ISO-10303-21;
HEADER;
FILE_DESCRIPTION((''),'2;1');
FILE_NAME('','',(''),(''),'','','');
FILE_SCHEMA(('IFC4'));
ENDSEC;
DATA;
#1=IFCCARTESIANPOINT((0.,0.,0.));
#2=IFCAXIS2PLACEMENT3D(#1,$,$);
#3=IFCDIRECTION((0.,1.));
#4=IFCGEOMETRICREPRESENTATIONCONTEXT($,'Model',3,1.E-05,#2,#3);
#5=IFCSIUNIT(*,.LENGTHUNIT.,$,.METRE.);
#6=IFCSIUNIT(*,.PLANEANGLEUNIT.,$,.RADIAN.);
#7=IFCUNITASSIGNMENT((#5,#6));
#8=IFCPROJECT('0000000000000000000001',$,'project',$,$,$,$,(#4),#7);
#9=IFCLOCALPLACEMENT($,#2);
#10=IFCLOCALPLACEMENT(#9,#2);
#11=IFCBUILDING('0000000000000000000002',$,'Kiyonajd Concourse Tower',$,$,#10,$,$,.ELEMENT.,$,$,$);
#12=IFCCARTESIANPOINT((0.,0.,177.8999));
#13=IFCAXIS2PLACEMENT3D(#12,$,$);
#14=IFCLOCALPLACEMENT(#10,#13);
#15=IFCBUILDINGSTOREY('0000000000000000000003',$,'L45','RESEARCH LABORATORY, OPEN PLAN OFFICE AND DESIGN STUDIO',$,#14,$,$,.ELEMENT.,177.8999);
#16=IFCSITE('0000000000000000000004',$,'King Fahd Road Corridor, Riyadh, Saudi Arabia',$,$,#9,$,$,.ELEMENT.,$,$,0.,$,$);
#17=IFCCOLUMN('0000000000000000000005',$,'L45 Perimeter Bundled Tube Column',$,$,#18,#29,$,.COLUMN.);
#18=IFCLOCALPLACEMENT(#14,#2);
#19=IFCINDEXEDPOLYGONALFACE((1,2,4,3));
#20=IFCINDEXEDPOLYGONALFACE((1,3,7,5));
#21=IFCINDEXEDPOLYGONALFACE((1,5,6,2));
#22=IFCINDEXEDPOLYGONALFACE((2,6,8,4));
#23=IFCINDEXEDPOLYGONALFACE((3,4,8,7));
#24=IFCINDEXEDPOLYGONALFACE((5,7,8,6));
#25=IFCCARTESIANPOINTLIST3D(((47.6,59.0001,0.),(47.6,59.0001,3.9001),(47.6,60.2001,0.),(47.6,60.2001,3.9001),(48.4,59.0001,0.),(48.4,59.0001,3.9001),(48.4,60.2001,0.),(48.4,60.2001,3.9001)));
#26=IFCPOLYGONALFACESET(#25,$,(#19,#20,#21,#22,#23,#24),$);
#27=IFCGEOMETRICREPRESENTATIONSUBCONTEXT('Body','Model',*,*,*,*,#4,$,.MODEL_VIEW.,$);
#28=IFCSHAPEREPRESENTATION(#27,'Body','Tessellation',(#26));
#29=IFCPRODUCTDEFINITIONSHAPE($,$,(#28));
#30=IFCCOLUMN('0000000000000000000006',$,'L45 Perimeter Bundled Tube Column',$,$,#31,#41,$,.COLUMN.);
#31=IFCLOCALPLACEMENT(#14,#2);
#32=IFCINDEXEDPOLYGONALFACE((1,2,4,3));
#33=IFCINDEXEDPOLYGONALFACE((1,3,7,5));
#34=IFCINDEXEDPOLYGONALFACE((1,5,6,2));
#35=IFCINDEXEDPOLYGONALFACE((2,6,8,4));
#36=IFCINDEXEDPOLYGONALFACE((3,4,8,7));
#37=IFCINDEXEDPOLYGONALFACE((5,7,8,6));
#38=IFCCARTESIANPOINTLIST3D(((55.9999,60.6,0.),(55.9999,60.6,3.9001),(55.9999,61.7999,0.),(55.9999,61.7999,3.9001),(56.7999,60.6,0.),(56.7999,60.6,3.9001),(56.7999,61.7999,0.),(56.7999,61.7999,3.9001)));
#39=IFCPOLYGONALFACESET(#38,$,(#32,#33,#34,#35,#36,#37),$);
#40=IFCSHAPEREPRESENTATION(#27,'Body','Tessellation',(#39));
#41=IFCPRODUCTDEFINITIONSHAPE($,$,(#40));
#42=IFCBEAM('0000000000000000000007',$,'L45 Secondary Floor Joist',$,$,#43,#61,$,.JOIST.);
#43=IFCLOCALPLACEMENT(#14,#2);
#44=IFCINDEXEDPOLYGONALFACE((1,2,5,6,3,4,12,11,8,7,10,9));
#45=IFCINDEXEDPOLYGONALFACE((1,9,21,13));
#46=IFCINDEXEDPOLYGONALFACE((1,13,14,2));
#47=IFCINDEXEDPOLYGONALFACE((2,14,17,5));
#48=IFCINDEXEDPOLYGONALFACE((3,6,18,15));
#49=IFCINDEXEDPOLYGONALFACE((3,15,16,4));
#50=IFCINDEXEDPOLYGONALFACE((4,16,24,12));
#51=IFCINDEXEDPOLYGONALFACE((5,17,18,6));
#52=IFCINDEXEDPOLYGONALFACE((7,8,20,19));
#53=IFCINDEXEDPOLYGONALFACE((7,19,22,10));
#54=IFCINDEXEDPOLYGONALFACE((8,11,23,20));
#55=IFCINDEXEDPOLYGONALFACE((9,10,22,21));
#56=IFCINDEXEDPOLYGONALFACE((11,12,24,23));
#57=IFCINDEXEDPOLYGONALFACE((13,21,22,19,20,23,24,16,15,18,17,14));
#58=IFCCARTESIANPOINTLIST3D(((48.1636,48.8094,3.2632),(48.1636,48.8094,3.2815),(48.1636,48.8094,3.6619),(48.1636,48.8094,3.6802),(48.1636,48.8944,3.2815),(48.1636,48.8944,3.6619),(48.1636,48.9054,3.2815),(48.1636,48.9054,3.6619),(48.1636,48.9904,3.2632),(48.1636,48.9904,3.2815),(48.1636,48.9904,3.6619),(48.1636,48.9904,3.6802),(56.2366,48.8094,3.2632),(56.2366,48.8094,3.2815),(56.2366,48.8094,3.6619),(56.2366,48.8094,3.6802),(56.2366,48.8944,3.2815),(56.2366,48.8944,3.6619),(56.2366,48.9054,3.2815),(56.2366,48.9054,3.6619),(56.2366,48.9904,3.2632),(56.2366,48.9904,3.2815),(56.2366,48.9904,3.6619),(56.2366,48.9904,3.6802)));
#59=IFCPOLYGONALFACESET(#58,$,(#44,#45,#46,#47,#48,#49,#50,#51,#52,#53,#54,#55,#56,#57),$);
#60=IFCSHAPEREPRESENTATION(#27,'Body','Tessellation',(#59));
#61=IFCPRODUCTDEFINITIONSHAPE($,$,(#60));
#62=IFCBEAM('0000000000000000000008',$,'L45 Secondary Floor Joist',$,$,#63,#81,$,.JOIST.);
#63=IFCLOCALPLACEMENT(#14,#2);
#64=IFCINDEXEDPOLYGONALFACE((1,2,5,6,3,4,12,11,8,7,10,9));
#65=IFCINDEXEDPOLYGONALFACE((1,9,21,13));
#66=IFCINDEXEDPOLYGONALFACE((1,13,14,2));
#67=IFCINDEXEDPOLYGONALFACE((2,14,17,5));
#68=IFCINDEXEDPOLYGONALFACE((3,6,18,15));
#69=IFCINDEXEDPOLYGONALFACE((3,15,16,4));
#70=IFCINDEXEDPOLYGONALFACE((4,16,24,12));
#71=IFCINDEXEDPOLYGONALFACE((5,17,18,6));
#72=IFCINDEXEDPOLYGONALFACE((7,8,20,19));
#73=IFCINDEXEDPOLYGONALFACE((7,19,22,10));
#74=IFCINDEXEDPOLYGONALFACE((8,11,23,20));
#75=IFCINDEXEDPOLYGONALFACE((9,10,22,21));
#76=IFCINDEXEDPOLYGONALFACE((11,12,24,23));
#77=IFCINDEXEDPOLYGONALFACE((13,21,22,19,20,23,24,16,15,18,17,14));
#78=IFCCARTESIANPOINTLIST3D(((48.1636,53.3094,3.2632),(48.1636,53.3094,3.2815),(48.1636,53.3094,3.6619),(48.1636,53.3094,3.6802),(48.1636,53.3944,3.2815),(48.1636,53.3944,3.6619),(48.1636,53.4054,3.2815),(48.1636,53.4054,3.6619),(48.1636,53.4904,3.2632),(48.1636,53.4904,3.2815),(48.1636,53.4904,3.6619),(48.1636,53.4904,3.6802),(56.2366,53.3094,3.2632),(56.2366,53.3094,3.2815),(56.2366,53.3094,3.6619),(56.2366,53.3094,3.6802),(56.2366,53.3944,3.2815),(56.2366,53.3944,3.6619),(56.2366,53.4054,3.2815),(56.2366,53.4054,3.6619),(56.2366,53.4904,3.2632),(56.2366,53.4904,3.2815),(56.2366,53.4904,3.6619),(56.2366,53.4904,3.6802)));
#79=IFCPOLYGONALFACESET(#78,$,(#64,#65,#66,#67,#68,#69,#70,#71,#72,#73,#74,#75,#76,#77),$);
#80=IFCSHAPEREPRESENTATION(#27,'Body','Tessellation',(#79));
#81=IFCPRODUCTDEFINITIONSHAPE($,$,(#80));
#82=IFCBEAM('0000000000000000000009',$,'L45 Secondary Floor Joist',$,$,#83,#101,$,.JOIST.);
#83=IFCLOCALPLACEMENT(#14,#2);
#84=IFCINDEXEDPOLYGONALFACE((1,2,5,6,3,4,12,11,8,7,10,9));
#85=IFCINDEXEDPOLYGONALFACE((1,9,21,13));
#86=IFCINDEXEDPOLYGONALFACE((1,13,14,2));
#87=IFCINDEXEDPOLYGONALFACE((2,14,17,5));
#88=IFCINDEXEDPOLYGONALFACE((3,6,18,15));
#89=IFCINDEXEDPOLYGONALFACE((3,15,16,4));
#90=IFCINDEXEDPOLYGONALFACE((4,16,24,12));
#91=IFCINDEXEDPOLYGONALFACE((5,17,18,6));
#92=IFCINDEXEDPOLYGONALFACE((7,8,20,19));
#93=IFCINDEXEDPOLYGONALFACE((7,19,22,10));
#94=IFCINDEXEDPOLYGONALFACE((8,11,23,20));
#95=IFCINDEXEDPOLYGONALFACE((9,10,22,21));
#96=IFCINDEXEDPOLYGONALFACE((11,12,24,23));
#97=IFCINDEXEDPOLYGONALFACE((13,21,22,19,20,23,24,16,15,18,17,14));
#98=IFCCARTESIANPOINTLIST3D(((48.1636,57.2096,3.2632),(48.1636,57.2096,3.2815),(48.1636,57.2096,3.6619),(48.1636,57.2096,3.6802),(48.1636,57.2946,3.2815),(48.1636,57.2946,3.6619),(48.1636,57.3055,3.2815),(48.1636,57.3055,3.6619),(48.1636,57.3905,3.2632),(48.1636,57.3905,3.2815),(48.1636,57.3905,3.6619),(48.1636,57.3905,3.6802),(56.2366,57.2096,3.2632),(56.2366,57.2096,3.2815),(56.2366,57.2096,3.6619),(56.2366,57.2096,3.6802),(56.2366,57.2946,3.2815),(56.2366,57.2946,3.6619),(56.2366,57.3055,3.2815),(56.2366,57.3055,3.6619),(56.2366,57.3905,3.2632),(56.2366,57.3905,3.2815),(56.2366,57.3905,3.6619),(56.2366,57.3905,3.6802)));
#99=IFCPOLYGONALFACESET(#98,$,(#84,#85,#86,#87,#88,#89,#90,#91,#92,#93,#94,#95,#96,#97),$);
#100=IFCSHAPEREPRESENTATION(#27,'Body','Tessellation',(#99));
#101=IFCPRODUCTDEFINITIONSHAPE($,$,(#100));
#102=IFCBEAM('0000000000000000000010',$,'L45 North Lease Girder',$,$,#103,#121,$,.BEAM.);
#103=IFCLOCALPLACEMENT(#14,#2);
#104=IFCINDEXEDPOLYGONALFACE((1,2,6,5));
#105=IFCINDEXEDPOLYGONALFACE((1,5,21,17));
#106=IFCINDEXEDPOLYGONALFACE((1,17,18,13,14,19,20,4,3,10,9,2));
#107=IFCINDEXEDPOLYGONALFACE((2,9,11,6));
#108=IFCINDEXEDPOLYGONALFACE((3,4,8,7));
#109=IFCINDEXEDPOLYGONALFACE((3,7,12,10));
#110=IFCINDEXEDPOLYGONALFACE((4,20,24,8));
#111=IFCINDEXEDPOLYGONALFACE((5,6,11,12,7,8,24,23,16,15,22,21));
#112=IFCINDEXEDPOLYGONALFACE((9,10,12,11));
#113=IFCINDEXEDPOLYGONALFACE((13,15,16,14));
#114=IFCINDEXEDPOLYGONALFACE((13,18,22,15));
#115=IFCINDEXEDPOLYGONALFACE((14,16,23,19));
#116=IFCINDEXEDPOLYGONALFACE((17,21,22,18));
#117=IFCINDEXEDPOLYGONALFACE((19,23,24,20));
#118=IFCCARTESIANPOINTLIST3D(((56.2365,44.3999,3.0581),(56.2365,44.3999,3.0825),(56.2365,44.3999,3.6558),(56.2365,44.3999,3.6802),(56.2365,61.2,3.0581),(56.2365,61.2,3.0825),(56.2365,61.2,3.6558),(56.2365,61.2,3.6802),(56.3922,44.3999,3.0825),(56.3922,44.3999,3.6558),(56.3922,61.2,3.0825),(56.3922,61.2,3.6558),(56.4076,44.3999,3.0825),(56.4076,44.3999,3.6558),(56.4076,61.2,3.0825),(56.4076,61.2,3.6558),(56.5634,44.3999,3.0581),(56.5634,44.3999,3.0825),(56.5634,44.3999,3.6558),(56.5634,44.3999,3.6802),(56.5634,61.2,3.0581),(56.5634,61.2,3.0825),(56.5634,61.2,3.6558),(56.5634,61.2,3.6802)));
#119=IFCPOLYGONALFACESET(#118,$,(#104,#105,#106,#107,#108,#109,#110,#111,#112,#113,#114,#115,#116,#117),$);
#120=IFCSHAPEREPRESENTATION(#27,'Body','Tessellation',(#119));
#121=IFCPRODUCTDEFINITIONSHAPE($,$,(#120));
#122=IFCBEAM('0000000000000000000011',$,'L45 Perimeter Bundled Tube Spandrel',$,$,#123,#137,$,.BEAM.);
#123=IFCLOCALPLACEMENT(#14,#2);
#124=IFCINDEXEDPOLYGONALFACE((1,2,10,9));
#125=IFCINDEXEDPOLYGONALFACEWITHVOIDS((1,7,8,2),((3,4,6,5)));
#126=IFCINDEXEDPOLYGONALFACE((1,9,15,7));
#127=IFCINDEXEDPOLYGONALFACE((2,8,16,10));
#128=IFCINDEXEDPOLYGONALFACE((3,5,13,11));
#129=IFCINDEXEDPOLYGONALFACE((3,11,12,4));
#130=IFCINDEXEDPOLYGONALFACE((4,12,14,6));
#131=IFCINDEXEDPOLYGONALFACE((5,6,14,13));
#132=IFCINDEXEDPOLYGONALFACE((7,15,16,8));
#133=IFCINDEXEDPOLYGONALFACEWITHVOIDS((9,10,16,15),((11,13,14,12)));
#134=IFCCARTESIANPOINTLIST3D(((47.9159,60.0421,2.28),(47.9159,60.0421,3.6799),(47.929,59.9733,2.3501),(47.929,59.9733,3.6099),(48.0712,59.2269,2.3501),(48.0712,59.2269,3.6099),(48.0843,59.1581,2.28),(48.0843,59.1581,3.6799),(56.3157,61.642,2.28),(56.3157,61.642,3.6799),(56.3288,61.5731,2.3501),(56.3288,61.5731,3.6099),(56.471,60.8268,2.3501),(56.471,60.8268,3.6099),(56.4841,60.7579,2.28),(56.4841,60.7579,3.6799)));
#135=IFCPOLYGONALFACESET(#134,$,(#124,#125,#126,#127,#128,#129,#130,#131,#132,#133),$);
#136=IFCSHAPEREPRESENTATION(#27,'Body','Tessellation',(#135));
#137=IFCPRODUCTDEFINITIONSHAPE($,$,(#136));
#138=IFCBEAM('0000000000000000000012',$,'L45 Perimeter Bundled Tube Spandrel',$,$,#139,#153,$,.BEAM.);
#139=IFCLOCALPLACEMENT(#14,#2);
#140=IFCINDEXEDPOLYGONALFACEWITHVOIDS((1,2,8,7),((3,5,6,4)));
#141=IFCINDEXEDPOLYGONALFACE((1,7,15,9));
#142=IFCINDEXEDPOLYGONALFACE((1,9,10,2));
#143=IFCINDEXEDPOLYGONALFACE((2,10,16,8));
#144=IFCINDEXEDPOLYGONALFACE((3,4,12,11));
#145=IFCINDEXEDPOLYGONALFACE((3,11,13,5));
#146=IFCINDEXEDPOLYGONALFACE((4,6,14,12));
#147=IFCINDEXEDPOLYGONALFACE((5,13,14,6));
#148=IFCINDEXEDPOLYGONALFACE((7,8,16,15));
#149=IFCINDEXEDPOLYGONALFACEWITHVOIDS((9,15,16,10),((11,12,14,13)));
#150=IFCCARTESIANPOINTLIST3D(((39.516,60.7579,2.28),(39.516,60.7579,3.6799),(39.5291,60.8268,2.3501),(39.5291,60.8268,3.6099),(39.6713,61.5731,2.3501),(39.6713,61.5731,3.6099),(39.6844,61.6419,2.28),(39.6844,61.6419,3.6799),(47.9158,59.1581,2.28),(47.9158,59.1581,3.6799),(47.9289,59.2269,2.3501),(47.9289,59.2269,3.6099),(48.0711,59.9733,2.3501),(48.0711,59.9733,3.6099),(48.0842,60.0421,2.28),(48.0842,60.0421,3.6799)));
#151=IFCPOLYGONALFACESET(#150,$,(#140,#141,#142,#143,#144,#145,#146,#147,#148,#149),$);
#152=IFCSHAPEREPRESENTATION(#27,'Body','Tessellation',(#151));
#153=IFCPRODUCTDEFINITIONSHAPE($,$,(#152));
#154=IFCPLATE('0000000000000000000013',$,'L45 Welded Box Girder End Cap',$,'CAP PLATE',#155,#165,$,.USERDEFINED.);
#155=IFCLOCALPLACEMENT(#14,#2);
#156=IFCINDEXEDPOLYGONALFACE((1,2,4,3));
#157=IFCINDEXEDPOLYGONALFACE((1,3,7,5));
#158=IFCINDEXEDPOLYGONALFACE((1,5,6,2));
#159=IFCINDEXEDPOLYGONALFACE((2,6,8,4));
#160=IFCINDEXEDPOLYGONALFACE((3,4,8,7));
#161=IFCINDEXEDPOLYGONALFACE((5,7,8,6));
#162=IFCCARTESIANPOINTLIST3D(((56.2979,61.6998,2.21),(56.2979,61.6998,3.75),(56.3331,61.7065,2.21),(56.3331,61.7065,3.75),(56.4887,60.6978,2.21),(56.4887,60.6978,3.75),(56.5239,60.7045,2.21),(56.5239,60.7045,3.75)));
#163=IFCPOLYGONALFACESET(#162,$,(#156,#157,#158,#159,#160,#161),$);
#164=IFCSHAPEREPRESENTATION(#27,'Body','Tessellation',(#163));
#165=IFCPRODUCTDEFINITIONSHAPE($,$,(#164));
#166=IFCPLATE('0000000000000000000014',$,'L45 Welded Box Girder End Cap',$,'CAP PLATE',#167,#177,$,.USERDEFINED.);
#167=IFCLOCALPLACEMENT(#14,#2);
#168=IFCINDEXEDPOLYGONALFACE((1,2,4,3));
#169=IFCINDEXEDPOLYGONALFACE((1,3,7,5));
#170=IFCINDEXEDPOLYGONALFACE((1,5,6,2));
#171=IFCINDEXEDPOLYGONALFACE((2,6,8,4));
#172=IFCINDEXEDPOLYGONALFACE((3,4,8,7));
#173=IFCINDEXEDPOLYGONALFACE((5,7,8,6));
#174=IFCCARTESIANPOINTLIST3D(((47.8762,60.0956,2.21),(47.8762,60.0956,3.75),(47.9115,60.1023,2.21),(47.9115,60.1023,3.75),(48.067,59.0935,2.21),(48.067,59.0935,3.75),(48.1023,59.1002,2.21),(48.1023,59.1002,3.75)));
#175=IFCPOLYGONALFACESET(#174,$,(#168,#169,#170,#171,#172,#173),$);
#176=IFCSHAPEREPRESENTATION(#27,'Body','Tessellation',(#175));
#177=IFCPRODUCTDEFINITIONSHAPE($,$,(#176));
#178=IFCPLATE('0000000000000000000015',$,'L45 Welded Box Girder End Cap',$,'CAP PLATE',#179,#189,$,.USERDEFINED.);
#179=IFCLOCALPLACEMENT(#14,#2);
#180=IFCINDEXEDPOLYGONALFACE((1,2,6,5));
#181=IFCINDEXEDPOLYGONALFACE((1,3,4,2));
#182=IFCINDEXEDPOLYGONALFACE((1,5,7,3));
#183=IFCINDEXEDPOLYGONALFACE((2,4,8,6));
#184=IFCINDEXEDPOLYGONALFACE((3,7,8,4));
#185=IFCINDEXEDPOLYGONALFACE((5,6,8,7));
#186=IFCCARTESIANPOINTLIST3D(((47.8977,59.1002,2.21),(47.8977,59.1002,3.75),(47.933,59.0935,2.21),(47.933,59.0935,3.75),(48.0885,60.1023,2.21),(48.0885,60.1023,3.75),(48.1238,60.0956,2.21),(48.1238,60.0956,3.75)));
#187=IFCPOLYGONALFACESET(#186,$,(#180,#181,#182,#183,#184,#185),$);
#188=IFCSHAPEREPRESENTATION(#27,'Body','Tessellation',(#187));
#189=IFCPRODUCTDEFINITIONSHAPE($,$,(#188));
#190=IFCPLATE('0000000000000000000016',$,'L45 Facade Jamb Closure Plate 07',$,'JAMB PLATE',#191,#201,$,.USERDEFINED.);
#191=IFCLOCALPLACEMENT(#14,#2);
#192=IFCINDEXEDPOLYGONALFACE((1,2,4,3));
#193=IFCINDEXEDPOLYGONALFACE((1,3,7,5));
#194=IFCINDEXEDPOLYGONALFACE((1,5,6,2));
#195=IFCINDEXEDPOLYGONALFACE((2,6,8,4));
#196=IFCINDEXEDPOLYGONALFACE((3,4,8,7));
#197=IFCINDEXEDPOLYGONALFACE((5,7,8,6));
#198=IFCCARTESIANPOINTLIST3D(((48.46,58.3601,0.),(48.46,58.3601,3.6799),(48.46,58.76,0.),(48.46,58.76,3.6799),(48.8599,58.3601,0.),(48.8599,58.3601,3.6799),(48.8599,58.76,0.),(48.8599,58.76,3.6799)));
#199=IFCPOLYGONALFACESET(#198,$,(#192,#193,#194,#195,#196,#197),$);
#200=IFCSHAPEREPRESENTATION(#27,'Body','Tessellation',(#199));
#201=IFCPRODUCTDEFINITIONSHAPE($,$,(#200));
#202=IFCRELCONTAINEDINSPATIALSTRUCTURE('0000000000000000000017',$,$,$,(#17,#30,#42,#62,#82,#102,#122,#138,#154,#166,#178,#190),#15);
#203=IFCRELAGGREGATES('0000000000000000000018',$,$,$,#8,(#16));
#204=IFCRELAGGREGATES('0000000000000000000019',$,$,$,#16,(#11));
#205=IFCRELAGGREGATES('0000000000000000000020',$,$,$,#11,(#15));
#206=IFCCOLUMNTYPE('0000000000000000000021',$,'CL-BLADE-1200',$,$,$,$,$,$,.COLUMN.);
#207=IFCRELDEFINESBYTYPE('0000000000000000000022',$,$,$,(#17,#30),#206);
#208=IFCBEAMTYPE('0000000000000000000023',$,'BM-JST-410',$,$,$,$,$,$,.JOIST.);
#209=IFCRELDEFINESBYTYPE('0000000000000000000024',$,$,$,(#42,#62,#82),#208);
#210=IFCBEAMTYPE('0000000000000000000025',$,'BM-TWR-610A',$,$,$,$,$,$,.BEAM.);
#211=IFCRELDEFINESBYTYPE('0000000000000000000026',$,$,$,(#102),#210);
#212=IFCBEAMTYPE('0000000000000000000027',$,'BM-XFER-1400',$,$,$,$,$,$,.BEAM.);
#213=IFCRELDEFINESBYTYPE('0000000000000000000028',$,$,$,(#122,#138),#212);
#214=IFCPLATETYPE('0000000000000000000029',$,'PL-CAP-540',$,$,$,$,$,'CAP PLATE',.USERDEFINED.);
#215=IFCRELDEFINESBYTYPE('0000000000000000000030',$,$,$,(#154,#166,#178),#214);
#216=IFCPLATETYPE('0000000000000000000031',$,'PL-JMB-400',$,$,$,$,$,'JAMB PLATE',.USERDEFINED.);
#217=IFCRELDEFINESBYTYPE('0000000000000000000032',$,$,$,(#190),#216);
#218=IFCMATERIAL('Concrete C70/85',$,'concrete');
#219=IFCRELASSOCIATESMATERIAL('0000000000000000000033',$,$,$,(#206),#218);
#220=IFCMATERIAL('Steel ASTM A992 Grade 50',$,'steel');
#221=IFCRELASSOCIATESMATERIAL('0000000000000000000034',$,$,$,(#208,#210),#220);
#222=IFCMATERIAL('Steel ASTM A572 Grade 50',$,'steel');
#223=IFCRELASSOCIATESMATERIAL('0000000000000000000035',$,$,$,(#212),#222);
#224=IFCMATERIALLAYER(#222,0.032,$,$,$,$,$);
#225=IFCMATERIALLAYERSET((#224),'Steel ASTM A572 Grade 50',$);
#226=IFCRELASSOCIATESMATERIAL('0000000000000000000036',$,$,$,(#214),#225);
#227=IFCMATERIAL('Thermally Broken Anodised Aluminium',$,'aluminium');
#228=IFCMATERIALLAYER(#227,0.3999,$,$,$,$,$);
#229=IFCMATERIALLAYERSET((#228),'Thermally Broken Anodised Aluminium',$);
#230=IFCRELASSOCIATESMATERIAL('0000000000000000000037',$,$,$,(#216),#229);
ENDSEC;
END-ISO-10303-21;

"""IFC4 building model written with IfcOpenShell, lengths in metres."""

from ifc_helpers import new_model, si_unit, direction, frame, origin, origin_2d, place, context, subcontext, project, spatial, rectangle, hollow_rectangle, i_section, extrude, material, layer, layer_set, material_profile, profile_set, type_object, element, save


model = new_model("IFC4")

# Units and contexts
model_context = context("Model", 3, precision=1e-05, world=origin(), true_north=direction((0.0, 1.0)))
body_context = subcontext(model_context, "Body", "Model", "MODEL_VIEW")
ifc_project = project(units=[si_unit("LENGTHUNIT", "METRE"), si_unit("PLANEANGLEUNIT", "RADIAN")], contexts=[model_context])

# Site, building, storey
site_placement = place(None, origin())
site = spatial("IfcSite", under=ifc_project, at=site_placement, Name="King Fahd Road Corridor, Riyadh, Saudi Arabia", CompositionType="ELEMENT", RefElevation=0.0)
building_placement = place(site_placement, origin())
building = spatial("IfcBuilding", under=site, at=building_placement, Name="Kiyonajd Concourse Tower", CompositionType="ELEMENT")
storey_placement = place(building_placement, frame((0.0, 0.0, 177.8999)))
storey = spatial("IfcBuildingStorey", under=building, at=storey_placement, Name="L45", Description="RESEARCH LABORATORY, OPEN PLAN OFFICE AND DESIGN STUDIO", CompositionType="ELEMENT", Elevation=177.8999)

# Columns
ifc_material_1 = material(Name="Concrete C70/85", Category="concrete")
ifc_material_profile_1 = material_profile(ifc_material_1, rectangle(XDim=0.8, YDim=1.2, at=origin_2d()), Name="RC-1200x800")
ifc_profile_set_1 = profile_set([ifc_material_profile_1], Name="Concrete C70/85")
column_type = type_object("IfcColumnType", Name="CL-BLADE-1200", PredefinedType="COLUMN", material=ifc_profile_set_1)
for number, where, z_axis, x_axis, name in (
    (1, (48.0, 59.6001, 0.0), (0.0, 0.0, 1.0), (1.0, 0.0, 0.0), "L45 Perimeter Bundled Tube Column"),
    (2, (56.3999, 61.2, 0.0), (0.0, 0.0, 1.0), (1.0, 0.0, 0.0), "L45 Perimeter Bundled Tube Column"),
):
    element("IfcColumn", number, at=place(storey_placement, frame(where, z_axis=z_axis, x_axis=x_axis)), inside=storey, type_object=column_type, Name=name, PredefinedType="COLUMN", context=body_context, shape_type="SweptSolid", body=[
        extrude(rectangle(XDim=0.8, YDim=1.2, at=origin_2d()), origin(), (0.0, 0.0, 1.0), 3.9001),
    ])

# Beams
ifc_material_2 = material(Name="Steel ASTM A992 Grade 50", Category="steel")
ifc_material_profile_2 = material_profile(ifc_material_2, i_section(OverallWidth=0.1809, OverallDepth=0.417, WebThickness=0.011, FlangeThickness=0.0183, at=origin_2d()), Name="W410X85")
ifc_profile_set_2 = profile_set([ifc_material_profile_2], Name="Steel ASTM A992 Grade 50")
beam_type_1 = type_object("IfcBeamType", Name="BM-JST-410", PredefinedType="JOIST", material=ifc_profile_set_2)
for number, where, z_axis, x_axis, name in (
    (3, (48.1636, 48.8999, 3.4717), (1.0, 0.0, 0.0), (0.0, 1.0, 0.0), "L45 Secondary Floor Joist"),
    (4, (48.1636, 53.3999, 3.4717), (1.0, 0.0, 0.0), (0.0, 1.0, 0.0), "L45 Secondary Floor Joist"),
    (5, (48.1636, 57.3, 3.4717), (1.0, 0.0, 0.0), (0.0, 1.0, 0.0), "L45 Secondary Floor Joist"),
):
    element("IfcBeam", number, at=place(storey_placement, frame(where, z_axis=z_axis, x_axis=x_axis)), inside=storey, type_object=beam_type_1, Name=name, PredefinedType="JOIST", context=body_context, shape_type="SweptSolid", body=[
        extrude(i_section(OverallWidth=0.1809, OverallDepth=0.417, WebThickness=0.011, FlangeThickness=0.0183, at=origin_2d()), origin(), (0.0, 0.0, 1.0), 8.073),
    ])
ifc_material_profile_3 = material_profile(ifc_material_2, i_section(OverallWidth=0.3269, OverallDepth=0.6221, WebThickness=0.0154, FlangeThickness=0.0244, at=origin_2d()), Name="W610X195")
ifc_profile_set_3 = profile_set([ifc_material_profile_3], Name="Steel ASTM A992 Grade 50")
beam_type_2 = type_object("IfcBeamType", Name="BM-TWR-610A", PredefinedType="BEAM", material=ifc_profile_set_3)
beam_placement = place(storey_placement, frame((56.3999, 44.3999, 3.3691), z_axis=(0.0, 1.0, 0.0), x_axis=(-1.0, 0.0, 0.0)))
element("IfcBeam", 6, at=beam_placement, inside=storey, type_object=beam_type_2, Name="L45 North Lease Girder", PredefinedType="BEAM", context=body_context, shape_type="SweptSolid", body=[
    extrude(i_section(OverallWidth=0.3269, OverallDepth=0.6221, WebThickness=0.0154, FlangeThickness=0.0244, at=origin_2d()), origin(), (0.0, 0.0, 1.0), 16.8),
])
ifc_material_3 = material(Name="Steel ASTM A572 Grade 50", Category="steel")
ifc_material_profile_4 = material_profile(ifc_material_3, hollow_rectangle(XDim=0.8999, YDim=1.3999, WallThickness=0.0701, at=origin_2d()), Name="BOX-1400x900x70")
ifc_profile_set_4 = profile_set([ifc_material_profile_4], Name="Steel ASTM A572 Grade 50")
beam_type_3 = type_object("IfcBeamType", Name="BM-XFER-1400", PredefinedType="BEAM", material=ifc_profile_set_4)
for number, where, z_axis, x_axis, name in (
    (7, (56.3999, 61.2, 2.98), (-0.982341, -0.187098, 0.0), (0.187098, -0.982341, 0.0), "L45 Perimeter Bundled Tube Spandrel"),
    (8, (48.0, 59.6001, 2.98), (-0.982341, 0.187098, 0.0), (-0.187098, -0.982341, 0.0), "L45 Perimeter Bundled Tube Spandrel"),
):
    element("IfcBeam", number, at=place(storey_placement, frame(where, z_axis=z_axis, x_axis=x_axis)), inside=storey, type_object=beam_type_3, Name=name, PredefinedType="BEAM", context=body_context, shape_type="SweptSolid", body=[
        extrude(hollow_rectangle(XDim=0.8999, YDim=1.3999, WallThickness=0.0701, at=origin_2d()), origin(), (0.0, 0.0, 1.0), 8.5508),
    ])

# Plates
ifc_layer_1 = layer(ifc_material_3, 0.032)
ifc_layer_set_1 = layer_set([ifc_layer_1], Name="Steel ASTM A572 Grade 50")
plate_type_1 = type_object("IfcPlateType", Name="PL-CAP-540", ElementType="CAP PLATE", PredefinedType="USERDEFINED", material=ifc_layer_set_1)
for number, where, z_axis, x_axis, name in (
    (9, (56.4109, 61.2021, 2.21), (0.0, 0.0, 1.0), (0.982353, 0.187038, 0.0), "L45 Welded Box Girder End Cap"),
    (10, (47.9893, 59.5979, 2.21), (0.0, 0.0, 1.0), (-0.982353, -0.187038, 0.0), "L45 Welded Box Girder End Cap"),
    (11, (48.0107, 59.5979, 2.21), (0.0, 0.0, 1.0), (0.982353, -0.187038, 0.0), "L45 Welded Box Girder End Cap"),
):
    element("IfcPlate", number, at=place(storey_placement, frame(where, z_axis=z_axis, x_axis=x_axis)), inside=storey, type_object=plate_type_1, Name=name, ObjectType="CAP PLATE", PredefinedType="USERDEFINED", context=body_context, shape_type="SweptSolid", body=[
        extrude(rectangle(XDim=0.0359, YDim=1.02, at=origin_2d()), origin(), (0.0, 0.0, 1.0), 1.54),
    ])
ifc_material_4 = material(Name="Thermally Broken Anodised Aluminium", Category="aluminium")
ifc_layer_2 = layer(ifc_material_4, 0.3999)
ifc_layer_set_2 = layer_set([ifc_layer_2], Name="Thermally Broken Anodised Aluminium")
plate_type_2 = type_object("IfcPlateType", Name="PL-JMB-400", ElementType="JAMB PLATE", PredefinedType="USERDEFINED", material=ifc_layer_set_2)
for number, where, z_axis, x_axis, name in (
    (12, (48.6599, 58.5601, 0.0), (0.0, 0.0, 1.0), (1.0, 0.0, 0.0), "L45 Facade Jamb Closure Plate 07"),
):
    element("IfcPlate", number, at=place(storey_placement, frame(where, z_axis=z_axis, x_axis=x_axis)), inside=storey, type_object=plate_type_2, Name=name, ObjectType="JAMB PLATE", PredefinedType="USERDEFINED", context=body_context, shape_type="SweptSolid", body=[
        extrude(rectangle(XDim=0.3999, YDim=0.3999, at=origin_2d()), origin(), (0.0, 0.0, 1.0), 3.6799),
    ])

save(model, "model.ifc")
